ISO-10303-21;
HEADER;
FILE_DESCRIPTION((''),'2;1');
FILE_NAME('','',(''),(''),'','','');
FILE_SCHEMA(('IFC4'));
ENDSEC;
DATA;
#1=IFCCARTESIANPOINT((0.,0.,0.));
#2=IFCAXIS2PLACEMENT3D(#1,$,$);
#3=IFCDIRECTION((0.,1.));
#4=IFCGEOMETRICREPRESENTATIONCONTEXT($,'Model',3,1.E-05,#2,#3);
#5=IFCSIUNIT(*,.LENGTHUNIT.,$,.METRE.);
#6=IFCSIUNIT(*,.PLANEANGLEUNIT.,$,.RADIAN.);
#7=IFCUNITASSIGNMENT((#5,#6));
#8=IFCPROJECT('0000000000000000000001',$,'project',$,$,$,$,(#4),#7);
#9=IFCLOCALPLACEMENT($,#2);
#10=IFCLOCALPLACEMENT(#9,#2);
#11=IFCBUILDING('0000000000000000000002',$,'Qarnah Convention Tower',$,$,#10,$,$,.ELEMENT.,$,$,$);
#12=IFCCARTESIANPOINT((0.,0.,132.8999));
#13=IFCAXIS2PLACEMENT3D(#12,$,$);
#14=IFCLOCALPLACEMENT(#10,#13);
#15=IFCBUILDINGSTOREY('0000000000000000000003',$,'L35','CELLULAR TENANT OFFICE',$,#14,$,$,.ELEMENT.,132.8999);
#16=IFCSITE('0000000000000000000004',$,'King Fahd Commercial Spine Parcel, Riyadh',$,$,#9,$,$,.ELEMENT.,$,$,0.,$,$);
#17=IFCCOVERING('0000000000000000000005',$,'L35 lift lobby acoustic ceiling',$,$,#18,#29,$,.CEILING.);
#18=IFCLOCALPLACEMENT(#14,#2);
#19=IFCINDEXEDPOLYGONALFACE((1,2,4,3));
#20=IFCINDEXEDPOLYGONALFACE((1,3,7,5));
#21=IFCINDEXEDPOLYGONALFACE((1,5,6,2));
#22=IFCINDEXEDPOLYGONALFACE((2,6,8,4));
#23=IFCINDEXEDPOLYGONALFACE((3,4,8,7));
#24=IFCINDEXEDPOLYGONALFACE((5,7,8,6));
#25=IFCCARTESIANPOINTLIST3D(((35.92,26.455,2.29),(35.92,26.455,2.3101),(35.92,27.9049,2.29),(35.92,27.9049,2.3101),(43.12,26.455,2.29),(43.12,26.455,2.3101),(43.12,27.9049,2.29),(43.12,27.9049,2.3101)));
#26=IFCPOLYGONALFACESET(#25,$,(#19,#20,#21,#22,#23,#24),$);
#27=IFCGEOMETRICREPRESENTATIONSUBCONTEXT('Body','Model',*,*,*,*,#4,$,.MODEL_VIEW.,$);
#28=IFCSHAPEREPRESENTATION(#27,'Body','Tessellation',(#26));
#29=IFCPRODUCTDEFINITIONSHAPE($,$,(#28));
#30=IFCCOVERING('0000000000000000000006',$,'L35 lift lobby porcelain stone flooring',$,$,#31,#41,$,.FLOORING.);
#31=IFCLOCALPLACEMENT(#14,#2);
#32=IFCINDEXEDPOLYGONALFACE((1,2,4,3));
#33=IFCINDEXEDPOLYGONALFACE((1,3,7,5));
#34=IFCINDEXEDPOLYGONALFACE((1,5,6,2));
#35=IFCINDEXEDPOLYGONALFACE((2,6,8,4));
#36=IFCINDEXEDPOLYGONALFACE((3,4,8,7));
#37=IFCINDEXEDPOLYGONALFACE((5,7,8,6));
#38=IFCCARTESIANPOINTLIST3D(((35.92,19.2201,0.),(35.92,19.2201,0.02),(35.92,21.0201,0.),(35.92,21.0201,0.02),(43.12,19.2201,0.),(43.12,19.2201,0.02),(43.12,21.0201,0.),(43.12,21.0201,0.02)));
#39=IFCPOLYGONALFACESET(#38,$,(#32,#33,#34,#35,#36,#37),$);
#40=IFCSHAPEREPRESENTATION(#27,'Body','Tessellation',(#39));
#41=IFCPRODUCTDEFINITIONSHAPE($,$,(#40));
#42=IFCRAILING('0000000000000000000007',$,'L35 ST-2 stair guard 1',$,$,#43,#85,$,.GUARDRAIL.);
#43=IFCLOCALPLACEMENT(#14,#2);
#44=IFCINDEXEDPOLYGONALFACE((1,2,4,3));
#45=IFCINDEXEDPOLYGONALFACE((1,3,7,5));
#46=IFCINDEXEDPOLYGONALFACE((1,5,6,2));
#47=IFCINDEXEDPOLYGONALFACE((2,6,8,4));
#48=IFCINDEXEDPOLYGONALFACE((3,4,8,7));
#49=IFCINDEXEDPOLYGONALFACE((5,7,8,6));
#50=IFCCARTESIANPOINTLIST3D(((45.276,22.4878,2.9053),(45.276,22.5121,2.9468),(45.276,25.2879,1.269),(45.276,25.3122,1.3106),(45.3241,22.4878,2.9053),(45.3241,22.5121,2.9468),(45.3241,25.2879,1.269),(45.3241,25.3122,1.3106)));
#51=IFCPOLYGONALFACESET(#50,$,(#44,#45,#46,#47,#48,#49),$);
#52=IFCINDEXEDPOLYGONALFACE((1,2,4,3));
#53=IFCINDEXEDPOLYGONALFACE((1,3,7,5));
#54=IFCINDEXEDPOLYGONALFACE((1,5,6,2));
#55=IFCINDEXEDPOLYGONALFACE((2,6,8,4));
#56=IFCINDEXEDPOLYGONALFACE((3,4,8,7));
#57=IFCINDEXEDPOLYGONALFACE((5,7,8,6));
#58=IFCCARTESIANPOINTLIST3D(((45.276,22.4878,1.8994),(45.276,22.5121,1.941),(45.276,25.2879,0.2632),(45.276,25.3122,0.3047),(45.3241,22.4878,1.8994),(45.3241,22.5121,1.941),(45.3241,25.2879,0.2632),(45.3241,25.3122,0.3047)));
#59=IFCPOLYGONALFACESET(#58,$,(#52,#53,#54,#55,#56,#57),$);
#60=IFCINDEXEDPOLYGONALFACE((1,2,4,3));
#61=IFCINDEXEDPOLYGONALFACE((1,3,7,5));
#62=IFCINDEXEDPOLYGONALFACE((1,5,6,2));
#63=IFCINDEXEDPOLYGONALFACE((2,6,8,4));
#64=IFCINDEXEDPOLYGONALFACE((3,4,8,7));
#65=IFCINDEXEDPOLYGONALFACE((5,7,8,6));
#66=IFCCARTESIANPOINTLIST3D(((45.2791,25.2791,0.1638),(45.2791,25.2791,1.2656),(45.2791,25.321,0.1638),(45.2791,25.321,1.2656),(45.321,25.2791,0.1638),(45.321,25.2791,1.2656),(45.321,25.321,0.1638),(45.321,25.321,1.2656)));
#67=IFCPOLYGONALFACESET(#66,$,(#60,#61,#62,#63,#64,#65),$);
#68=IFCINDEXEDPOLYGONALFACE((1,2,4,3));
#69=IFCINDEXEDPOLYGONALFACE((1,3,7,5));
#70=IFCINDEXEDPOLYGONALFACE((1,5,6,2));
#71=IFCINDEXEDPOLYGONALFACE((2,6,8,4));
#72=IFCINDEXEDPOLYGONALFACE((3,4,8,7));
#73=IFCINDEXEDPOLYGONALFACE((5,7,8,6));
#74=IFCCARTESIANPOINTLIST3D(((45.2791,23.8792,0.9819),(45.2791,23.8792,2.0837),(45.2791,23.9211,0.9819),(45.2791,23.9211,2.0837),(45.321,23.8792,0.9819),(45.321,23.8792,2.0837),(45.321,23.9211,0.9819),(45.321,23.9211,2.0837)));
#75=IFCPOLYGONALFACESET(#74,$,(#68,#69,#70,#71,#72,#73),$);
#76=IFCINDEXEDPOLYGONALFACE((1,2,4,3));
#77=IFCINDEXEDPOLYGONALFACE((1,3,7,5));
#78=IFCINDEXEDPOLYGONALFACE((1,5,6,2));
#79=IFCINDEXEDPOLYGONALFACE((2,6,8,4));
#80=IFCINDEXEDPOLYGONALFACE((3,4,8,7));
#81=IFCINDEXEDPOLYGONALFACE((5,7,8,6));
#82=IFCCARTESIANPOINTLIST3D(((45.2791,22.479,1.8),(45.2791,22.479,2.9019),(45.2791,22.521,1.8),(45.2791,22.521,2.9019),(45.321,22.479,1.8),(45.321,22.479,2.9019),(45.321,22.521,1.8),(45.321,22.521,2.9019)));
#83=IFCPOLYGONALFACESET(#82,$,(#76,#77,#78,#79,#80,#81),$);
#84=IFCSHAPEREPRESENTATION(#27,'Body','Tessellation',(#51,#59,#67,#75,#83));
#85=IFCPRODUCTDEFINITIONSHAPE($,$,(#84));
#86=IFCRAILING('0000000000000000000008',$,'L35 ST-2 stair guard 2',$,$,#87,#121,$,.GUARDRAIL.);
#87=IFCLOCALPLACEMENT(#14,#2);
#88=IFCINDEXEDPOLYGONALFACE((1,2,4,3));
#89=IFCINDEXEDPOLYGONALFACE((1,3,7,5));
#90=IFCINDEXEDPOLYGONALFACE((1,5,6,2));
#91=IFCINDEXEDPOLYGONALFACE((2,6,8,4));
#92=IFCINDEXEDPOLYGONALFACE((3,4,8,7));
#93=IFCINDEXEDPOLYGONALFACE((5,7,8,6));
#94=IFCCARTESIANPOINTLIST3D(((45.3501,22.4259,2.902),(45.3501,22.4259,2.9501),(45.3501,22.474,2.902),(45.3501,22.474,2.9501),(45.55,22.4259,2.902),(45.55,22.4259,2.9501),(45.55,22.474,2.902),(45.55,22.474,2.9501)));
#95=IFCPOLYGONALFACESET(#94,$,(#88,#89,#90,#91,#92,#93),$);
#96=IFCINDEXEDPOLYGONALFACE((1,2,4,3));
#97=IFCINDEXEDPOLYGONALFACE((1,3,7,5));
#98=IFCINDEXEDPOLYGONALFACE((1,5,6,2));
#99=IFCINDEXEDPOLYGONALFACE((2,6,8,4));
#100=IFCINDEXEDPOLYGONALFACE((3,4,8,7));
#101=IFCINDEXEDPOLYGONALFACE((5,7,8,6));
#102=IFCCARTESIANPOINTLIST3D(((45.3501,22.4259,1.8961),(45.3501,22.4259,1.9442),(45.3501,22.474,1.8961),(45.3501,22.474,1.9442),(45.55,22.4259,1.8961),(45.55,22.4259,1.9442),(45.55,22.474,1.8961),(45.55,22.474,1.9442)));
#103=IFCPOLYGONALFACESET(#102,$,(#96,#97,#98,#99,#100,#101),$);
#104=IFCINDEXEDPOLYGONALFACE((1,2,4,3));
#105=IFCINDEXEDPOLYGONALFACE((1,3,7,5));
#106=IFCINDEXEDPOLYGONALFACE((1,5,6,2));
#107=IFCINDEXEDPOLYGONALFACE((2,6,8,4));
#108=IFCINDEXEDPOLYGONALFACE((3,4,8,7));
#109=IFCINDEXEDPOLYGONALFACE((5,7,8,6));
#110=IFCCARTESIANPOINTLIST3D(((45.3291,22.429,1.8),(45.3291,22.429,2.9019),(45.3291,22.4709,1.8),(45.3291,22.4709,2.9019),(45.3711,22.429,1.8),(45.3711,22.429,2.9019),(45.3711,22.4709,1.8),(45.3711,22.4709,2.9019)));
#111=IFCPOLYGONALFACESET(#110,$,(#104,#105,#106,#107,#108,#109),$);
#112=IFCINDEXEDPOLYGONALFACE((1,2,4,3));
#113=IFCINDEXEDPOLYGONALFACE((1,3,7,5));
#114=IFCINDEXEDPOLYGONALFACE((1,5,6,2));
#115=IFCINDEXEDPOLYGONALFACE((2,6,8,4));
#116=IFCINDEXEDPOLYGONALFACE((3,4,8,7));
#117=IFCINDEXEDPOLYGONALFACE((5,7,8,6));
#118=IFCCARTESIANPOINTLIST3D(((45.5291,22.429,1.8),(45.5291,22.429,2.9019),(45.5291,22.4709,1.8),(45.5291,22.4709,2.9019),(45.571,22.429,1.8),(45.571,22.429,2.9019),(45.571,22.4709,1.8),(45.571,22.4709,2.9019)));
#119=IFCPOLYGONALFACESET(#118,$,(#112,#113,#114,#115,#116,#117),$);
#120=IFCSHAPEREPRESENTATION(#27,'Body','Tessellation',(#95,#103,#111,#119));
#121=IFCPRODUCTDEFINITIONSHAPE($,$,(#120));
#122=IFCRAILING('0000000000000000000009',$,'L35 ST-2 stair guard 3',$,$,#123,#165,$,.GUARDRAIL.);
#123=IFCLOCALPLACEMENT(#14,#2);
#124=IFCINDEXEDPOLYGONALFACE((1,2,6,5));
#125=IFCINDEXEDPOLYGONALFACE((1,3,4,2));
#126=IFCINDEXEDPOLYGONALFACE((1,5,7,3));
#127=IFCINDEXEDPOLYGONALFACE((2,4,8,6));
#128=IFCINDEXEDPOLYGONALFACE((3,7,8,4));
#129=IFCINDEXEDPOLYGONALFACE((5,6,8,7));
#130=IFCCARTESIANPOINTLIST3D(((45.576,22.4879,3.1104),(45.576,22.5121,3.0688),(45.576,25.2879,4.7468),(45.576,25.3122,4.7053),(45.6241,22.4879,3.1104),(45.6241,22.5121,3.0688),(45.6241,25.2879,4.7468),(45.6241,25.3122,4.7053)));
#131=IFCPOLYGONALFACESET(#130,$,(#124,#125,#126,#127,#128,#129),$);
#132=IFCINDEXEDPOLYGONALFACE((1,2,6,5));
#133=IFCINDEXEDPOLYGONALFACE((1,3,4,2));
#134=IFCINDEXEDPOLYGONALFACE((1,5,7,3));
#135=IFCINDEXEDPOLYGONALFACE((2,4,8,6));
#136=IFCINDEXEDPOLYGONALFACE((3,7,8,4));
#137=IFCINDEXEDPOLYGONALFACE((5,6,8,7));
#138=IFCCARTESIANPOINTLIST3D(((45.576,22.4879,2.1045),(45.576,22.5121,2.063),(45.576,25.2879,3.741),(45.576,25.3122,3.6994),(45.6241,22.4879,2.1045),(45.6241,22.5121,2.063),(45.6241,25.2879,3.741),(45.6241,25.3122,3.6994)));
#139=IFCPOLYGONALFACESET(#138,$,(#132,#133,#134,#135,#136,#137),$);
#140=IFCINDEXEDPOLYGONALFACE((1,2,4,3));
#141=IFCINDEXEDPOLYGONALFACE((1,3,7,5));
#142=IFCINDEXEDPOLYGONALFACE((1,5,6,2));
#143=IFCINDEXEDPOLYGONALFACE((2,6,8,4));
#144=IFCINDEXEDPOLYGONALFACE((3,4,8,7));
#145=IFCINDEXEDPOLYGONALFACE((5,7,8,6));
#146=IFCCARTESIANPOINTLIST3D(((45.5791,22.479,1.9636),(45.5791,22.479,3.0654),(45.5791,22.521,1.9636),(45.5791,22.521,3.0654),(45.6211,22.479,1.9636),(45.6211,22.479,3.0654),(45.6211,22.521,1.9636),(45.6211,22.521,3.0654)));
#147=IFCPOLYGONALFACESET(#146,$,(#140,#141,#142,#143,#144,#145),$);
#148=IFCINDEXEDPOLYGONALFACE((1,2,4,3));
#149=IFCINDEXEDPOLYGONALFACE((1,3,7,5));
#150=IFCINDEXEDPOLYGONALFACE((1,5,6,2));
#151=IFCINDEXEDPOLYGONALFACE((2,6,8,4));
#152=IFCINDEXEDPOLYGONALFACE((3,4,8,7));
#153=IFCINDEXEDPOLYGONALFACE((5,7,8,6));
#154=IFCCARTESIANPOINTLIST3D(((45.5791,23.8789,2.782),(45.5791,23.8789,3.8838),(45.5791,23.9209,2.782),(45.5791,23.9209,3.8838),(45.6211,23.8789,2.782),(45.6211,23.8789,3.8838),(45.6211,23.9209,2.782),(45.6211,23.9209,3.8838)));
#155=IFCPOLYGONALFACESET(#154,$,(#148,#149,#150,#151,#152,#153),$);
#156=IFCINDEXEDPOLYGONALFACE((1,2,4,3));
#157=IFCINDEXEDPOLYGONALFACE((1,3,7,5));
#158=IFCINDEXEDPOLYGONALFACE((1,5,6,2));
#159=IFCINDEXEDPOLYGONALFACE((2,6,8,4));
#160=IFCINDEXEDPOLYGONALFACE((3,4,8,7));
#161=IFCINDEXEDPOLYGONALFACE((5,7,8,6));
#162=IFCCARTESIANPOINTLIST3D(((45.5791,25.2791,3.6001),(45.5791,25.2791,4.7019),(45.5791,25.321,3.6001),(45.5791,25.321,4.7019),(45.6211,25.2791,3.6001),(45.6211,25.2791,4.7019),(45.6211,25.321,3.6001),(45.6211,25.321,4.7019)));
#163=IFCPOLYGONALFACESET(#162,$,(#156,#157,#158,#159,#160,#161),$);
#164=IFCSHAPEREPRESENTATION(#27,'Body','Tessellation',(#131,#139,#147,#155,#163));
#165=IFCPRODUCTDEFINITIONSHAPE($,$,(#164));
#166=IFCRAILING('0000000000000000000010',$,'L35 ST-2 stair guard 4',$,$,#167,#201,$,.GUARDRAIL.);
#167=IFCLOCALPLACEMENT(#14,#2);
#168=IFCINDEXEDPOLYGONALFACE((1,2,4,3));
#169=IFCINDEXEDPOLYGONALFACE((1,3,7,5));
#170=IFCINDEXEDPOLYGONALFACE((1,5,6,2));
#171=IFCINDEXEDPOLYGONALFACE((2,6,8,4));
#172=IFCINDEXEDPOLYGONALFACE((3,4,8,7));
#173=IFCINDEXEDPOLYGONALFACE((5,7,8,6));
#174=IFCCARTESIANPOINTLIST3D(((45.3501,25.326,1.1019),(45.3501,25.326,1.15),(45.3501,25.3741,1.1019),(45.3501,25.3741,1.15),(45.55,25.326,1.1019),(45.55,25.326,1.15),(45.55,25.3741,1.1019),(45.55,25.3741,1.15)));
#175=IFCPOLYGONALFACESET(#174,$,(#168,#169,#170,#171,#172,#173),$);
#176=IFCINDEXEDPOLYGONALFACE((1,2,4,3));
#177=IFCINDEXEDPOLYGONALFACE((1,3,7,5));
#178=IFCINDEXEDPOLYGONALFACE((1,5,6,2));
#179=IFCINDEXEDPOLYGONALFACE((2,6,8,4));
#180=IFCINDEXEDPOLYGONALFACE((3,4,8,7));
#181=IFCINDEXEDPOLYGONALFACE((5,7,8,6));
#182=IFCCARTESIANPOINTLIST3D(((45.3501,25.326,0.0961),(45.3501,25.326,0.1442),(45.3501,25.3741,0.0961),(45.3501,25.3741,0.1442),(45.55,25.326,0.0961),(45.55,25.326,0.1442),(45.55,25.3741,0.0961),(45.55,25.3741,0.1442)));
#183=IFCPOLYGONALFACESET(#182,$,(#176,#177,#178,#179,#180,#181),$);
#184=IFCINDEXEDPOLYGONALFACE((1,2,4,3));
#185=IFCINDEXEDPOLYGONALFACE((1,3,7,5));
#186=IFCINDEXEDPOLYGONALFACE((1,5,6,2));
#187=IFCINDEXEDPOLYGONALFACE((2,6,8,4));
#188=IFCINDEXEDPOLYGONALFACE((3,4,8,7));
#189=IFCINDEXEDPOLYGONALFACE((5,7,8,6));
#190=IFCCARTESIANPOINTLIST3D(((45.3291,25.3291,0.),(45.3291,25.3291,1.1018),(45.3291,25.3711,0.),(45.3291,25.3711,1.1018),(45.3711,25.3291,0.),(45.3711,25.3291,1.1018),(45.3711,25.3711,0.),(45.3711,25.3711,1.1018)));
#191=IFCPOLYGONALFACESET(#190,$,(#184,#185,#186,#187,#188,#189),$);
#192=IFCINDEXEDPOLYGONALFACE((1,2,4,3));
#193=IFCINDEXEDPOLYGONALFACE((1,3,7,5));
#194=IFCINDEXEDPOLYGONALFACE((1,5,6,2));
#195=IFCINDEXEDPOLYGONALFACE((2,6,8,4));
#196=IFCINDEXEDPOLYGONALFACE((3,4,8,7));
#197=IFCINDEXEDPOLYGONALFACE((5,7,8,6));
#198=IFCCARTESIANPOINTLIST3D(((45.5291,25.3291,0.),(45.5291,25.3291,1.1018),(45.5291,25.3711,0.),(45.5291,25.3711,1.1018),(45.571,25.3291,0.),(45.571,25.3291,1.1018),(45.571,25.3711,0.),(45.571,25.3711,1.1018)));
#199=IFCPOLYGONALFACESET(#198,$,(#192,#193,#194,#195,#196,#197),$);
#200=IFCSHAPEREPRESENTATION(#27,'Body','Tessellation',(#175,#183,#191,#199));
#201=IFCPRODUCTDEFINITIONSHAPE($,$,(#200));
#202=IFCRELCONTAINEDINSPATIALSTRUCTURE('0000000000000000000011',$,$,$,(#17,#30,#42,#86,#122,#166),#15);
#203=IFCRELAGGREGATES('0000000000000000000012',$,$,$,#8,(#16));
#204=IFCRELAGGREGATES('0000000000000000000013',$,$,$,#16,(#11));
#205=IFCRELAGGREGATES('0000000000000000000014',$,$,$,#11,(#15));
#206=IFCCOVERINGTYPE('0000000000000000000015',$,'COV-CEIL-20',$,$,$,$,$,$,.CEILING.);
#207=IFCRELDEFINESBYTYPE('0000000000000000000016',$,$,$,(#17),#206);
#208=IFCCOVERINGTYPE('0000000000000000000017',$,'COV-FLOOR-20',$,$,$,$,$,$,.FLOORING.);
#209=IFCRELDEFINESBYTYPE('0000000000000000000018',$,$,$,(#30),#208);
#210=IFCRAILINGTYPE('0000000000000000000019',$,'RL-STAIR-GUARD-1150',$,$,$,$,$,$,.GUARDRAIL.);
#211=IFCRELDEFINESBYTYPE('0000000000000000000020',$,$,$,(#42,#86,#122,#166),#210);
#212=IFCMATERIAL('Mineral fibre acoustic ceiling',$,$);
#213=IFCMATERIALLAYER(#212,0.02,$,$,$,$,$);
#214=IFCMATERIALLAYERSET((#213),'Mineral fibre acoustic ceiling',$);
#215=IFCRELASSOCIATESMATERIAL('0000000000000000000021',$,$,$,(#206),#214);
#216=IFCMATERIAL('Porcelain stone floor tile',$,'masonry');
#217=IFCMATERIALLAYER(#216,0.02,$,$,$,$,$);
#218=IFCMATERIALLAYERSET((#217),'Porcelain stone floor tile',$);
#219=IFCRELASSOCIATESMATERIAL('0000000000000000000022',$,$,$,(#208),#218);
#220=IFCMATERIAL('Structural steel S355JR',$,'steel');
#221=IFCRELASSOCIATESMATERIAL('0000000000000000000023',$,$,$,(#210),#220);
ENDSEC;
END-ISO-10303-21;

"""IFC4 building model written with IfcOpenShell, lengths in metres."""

from ifc_helpers import new_model, si_unit, direction, frame, origin, origin_2d, place, context, subcontext, project, spatial, rectangle, extrude, material, layer, layer_set, type_object, element, save


model = new_model("IFC4")

# Units and contexts
model_context = context("Model", 3, precision=1e-05, world=origin(), true_north=direction((0.0, 1.0)))
body_context = subcontext(model_context, "Body", "Model", "MODEL_VIEW")
ifc_project = project(units=[si_unit("LENGTHUNIT", "METRE"), si_unit("PLANEANGLEUNIT", "RADIAN")], contexts=[model_context])

# Site, building, storey
site_placement = place(None, origin())
site = spatial("IfcSite", under=ifc_project, at=site_placement, Name="King Fahd Commercial Spine Parcel, Riyadh", CompositionType="ELEMENT", RefElevation=0.0)
building_placement = place(site_placement, origin())
building = spatial("IfcBuilding", under=site, at=building_placement, Name="Qarnah Convention Tower", CompositionType="ELEMENT")
storey_placement = place(building_placement, frame((0.0, 0.0, 132.8999)))
storey = spatial("IfcBuildingStorey", under=building, at=storey_placement, Name="L35", Description="CELLULAR TENANT OFFICE", CompositionType="ELEMENT", Elevation=132.8999)

# Shared definitions
ifc_material_1 = material(Name="Structural steel S355JR", Category="steel")

# Coverings
ifc_material_2 = material(Name="Mineral fibre acoustic ceiling")
ifc_layer_1 = layer(ifc_material_2, 0.02)
ifc_layer_set_1 = layer_set([ifc_layer_1], Name="Mineral fibre acoustic ceiling")
covering_type_1 = type_object("IfcCoveringType", Name="COV-CEIL-20", PredefinedType="CEILING", material=ifc_layer_set_1)
covering_1_placement = place(storey_placement, frame((39.52, 27.1799, 2.29), z_axis=(0.0, 0.0, 1.0), x_axis=(1.0, 0.0, 0.0)))
element("IfcCovering", 1, at=covering_1_placement, inside=storey, type_object=covering_type_1, Name="L35 lift lobby acoustic ceiling", PredefinedType="CEILING", context=body_context, shape_type="SweptSolid", body=[
    extrude(rectangle(XDim=7.2, YDim=1.45, at=origin_2d()), origin(), (0.0, 0.0, 1.0), 0.02),
])
ifc_material_3 = material(Name="Porcelain stone floor tile", Category="masonry")
ifc_layer_2 = layer(ifc_material_3, 0.02)
ifc_layer_set_2 = layer_set([ifc_layer_2], Name="Porcelain stone floor tile")
covering_type_2 = type_object("IfcCoveringType", Name="COV-FLOOR-20", PredefinedType="FLOORING", material=ifc_layer_set_2)
covering_2_placement = place(storey_placement, frame((39.52, 20.1201, 0.0), z_axis=(0.0, 0.0, 1.0), x_axis=(1.0, 0.0, 0.0)))
element("IfcCovering", 2, at=covering_2_placement, inside=storey, type_object=covering_type_2, Name="L35 lift lobby porcelain stone flooring", PredefinedType="FLOORING", context=body_context, shape_type="SweptSolid", body=[
    extrude(rectangle(XDim=7.2, YDim=1.8, at=origin_2d()), origin(), (0.0, 0.0, 1.0), 0.02),
])

# Railings
railing_type_1 = type_object("IfcRailingType", Name="RL-STAIR-GUARD-1150", PredefinedType="GUARDRAIL", material=ifc_material_1)
railing_1_placement = place(storey_placement, frame((45.3, 25.3, 0.1638)))
element("IfcRailing", 3, at=railing_1_placement, inside=storey, type_object=railing_type_1, Name="L35 ST-2 stair guard 1", PredefinedType="GUARDRAIL", context=body_context, shape_type="SweptSolid", body=[
    extrude(rectangle(XDim=0.0481, YDim=0.0481, at=origin_2d()), frame((0.0, 0.0, 1.126), z_axis=(0.0, -0.863394, 0.504531), x_axis=(1.0, 0.0, 0.0)), (0.0, 0.0, 1.0), 3.2432),
    extrude(rectangle(XDim=0.0481, YDim=0.0481, at=origin_2d()), frame((0.0, 0.0, 0.1201), z_axis=(0.0, -0.863394, 0.504531), x_axis=(1.0, 0.0, 0.0)), (0.0, 0.0, 1.0), 3.2432),
    extrude(rectangle(XDim=0.042, YDim=0.042, at=origin_2d()), origin(), (0.0, 0.0, 1.0), 1.1018),
    extrude(rectangle(XDim=0.042, YDim=0.042, at=origin_2d()), frame((0.0, -1.3999, 0.8181)), (0.0, 0.0, 1.0), 1.1018),
    extrude(rectangle(XDim=0.042, YDim=0.042, at=origin_2d()), frame((0.0, -2.8, 1.6362)), (0.0, 0.0, 1.0), 1.1018),
])
railing_2_placement = place(storey_placement, frame((45.3501, 22.45, 1.8)))
element("IfcRailing", 4, at=railing_2_placement, inside=storey, type_object=railing_type_1, Name="L35 ST-2 stair guard 2", PredefinedType="GUARDRAIL", context=body_context, shape_type="SweptSolid", body=[
    extrude(rectangle(XDim=0.0481, YDim=0.0481, at=origin_2d()), frame((0.0, 0.0, 1.126), z_axis=(1.0, 0.0, 0.0), x_axis=(0.0, 1.0, 0.0)), (0.0, 0.0, 1.0), 0.2),
    extrude(rectangle(XDim=0.0481, YDim=0.0481, at=origin_2d()), frame((0.0, 0.0, 0.1201), z_axis=(1.0, 0.0, 0.0), x_axis=(0.0, 1.0, 0.0)), (0.0, 0.0, 1.0), 0.2),
    extrude(rectangle(XDim=0.042, YDim=0.042, at=origin_2d()), origin(), (0.0, 0.0, 1.0), 1.1018),
    extrude(rectangle(XDim=0.042, YDim=0.042, at=origin_2d()), frame((0.2, 0.0, 0.0)), (0.0, 0.0, 1.0), 1.1018),
])
railing_3_placement = place(storey_placement, frame((45.6001, 22.5, 1.9636)))
element("IfcRailing", 5, at=railing_3_placement, inside=storey, type_object=railing_type_1, Name="L35 ST-2 stair guard 3", PredefinedType="GUARDRAIL", context=body_context, shape_type="SweptSolid", body=[
    extrude(rectangle(XDim=0.0481, YDim=0.0481, at=origin_2d()), frame((0.0, 0.0, 1.126), z_axis=(0.0, 0.863361, 0.504587), x_axis=(-1.0, 0.0, 0.0)), (0.0, 0.0, 1.0), 3.2432),
    extrude(rectangle(XDim=0.0481, YDim=0.0481, at=origin_2d()), frame((0.0, 0.0, 0.1201), z_axis=(0.0, 0.863361, 0.504587), x_axis=(-1.0, 0.0, 0.0)), (0.0, 0.0, 1.0), 3.2432),
    extrude(rectangle(XDim=0.042, YDim=0.042, at=origin_2d()), origin(), (0.0, 0.0, 1.0), 1.1018),
    extrude(rectangle(XDim=0.042, YDim=0.042, at=origin_2d()), frame((0.0, 1.3999, 0.8184)), (0.0, 0.0, 1.0), 1.1018),
    extrude(rectangle(XDim=0.042, YDim=0.042, at=origin_2d()), frame((0.0, 2.8, 1.6365)), (0.0, 0.0, 1.0), 1.1018),
])
railing_4_placement = place(storey_placement, frame((45.3501, 25.3501, 0.0)))
element("IfcRailing", 6, at=railing_4_placement, inside=storey, type_object=railing_type_1, Name="L35 ST-2 stair guard 4", PredefinedType="GUARDRAIL", context=body_context, shape_type="SweptSolid", body=[
    extrude(rectangle(XDim=0.0481, YDim=0.0481, at=origin_2d()), frame((0.0, 0.0, 1.126), z_axis=(1.0, 0.0, 0.0), x_axis=(0.0, 1.0, 0.0)), (0.0, 0.0, 1.0), 0.2),
    extrude(rectangle(XDim=0.0481, YDim=0.0481, at=origin_2d()), frame((0.0, 0.0, 0.1201), z_axis=(1.0, 0.0, 0.0), x_axis=(0.0, 1.0, 0.0)), (0.0, 0.0, 1.0), 0.2),
    extrude(rectangle(XDim=0.042, YDim=0.042, at=origin_2d()), origin(), (0.0, 0.0, 1.0), 1.1018),
    extrude(rectangle(XDim=0.042, YDim=0.042, at=origin_2d()), frame((0.2, 0.0, 0.0)), (0.0, 0.0, 1.0), 1.1018),
])

save(model, "model.ifc")
